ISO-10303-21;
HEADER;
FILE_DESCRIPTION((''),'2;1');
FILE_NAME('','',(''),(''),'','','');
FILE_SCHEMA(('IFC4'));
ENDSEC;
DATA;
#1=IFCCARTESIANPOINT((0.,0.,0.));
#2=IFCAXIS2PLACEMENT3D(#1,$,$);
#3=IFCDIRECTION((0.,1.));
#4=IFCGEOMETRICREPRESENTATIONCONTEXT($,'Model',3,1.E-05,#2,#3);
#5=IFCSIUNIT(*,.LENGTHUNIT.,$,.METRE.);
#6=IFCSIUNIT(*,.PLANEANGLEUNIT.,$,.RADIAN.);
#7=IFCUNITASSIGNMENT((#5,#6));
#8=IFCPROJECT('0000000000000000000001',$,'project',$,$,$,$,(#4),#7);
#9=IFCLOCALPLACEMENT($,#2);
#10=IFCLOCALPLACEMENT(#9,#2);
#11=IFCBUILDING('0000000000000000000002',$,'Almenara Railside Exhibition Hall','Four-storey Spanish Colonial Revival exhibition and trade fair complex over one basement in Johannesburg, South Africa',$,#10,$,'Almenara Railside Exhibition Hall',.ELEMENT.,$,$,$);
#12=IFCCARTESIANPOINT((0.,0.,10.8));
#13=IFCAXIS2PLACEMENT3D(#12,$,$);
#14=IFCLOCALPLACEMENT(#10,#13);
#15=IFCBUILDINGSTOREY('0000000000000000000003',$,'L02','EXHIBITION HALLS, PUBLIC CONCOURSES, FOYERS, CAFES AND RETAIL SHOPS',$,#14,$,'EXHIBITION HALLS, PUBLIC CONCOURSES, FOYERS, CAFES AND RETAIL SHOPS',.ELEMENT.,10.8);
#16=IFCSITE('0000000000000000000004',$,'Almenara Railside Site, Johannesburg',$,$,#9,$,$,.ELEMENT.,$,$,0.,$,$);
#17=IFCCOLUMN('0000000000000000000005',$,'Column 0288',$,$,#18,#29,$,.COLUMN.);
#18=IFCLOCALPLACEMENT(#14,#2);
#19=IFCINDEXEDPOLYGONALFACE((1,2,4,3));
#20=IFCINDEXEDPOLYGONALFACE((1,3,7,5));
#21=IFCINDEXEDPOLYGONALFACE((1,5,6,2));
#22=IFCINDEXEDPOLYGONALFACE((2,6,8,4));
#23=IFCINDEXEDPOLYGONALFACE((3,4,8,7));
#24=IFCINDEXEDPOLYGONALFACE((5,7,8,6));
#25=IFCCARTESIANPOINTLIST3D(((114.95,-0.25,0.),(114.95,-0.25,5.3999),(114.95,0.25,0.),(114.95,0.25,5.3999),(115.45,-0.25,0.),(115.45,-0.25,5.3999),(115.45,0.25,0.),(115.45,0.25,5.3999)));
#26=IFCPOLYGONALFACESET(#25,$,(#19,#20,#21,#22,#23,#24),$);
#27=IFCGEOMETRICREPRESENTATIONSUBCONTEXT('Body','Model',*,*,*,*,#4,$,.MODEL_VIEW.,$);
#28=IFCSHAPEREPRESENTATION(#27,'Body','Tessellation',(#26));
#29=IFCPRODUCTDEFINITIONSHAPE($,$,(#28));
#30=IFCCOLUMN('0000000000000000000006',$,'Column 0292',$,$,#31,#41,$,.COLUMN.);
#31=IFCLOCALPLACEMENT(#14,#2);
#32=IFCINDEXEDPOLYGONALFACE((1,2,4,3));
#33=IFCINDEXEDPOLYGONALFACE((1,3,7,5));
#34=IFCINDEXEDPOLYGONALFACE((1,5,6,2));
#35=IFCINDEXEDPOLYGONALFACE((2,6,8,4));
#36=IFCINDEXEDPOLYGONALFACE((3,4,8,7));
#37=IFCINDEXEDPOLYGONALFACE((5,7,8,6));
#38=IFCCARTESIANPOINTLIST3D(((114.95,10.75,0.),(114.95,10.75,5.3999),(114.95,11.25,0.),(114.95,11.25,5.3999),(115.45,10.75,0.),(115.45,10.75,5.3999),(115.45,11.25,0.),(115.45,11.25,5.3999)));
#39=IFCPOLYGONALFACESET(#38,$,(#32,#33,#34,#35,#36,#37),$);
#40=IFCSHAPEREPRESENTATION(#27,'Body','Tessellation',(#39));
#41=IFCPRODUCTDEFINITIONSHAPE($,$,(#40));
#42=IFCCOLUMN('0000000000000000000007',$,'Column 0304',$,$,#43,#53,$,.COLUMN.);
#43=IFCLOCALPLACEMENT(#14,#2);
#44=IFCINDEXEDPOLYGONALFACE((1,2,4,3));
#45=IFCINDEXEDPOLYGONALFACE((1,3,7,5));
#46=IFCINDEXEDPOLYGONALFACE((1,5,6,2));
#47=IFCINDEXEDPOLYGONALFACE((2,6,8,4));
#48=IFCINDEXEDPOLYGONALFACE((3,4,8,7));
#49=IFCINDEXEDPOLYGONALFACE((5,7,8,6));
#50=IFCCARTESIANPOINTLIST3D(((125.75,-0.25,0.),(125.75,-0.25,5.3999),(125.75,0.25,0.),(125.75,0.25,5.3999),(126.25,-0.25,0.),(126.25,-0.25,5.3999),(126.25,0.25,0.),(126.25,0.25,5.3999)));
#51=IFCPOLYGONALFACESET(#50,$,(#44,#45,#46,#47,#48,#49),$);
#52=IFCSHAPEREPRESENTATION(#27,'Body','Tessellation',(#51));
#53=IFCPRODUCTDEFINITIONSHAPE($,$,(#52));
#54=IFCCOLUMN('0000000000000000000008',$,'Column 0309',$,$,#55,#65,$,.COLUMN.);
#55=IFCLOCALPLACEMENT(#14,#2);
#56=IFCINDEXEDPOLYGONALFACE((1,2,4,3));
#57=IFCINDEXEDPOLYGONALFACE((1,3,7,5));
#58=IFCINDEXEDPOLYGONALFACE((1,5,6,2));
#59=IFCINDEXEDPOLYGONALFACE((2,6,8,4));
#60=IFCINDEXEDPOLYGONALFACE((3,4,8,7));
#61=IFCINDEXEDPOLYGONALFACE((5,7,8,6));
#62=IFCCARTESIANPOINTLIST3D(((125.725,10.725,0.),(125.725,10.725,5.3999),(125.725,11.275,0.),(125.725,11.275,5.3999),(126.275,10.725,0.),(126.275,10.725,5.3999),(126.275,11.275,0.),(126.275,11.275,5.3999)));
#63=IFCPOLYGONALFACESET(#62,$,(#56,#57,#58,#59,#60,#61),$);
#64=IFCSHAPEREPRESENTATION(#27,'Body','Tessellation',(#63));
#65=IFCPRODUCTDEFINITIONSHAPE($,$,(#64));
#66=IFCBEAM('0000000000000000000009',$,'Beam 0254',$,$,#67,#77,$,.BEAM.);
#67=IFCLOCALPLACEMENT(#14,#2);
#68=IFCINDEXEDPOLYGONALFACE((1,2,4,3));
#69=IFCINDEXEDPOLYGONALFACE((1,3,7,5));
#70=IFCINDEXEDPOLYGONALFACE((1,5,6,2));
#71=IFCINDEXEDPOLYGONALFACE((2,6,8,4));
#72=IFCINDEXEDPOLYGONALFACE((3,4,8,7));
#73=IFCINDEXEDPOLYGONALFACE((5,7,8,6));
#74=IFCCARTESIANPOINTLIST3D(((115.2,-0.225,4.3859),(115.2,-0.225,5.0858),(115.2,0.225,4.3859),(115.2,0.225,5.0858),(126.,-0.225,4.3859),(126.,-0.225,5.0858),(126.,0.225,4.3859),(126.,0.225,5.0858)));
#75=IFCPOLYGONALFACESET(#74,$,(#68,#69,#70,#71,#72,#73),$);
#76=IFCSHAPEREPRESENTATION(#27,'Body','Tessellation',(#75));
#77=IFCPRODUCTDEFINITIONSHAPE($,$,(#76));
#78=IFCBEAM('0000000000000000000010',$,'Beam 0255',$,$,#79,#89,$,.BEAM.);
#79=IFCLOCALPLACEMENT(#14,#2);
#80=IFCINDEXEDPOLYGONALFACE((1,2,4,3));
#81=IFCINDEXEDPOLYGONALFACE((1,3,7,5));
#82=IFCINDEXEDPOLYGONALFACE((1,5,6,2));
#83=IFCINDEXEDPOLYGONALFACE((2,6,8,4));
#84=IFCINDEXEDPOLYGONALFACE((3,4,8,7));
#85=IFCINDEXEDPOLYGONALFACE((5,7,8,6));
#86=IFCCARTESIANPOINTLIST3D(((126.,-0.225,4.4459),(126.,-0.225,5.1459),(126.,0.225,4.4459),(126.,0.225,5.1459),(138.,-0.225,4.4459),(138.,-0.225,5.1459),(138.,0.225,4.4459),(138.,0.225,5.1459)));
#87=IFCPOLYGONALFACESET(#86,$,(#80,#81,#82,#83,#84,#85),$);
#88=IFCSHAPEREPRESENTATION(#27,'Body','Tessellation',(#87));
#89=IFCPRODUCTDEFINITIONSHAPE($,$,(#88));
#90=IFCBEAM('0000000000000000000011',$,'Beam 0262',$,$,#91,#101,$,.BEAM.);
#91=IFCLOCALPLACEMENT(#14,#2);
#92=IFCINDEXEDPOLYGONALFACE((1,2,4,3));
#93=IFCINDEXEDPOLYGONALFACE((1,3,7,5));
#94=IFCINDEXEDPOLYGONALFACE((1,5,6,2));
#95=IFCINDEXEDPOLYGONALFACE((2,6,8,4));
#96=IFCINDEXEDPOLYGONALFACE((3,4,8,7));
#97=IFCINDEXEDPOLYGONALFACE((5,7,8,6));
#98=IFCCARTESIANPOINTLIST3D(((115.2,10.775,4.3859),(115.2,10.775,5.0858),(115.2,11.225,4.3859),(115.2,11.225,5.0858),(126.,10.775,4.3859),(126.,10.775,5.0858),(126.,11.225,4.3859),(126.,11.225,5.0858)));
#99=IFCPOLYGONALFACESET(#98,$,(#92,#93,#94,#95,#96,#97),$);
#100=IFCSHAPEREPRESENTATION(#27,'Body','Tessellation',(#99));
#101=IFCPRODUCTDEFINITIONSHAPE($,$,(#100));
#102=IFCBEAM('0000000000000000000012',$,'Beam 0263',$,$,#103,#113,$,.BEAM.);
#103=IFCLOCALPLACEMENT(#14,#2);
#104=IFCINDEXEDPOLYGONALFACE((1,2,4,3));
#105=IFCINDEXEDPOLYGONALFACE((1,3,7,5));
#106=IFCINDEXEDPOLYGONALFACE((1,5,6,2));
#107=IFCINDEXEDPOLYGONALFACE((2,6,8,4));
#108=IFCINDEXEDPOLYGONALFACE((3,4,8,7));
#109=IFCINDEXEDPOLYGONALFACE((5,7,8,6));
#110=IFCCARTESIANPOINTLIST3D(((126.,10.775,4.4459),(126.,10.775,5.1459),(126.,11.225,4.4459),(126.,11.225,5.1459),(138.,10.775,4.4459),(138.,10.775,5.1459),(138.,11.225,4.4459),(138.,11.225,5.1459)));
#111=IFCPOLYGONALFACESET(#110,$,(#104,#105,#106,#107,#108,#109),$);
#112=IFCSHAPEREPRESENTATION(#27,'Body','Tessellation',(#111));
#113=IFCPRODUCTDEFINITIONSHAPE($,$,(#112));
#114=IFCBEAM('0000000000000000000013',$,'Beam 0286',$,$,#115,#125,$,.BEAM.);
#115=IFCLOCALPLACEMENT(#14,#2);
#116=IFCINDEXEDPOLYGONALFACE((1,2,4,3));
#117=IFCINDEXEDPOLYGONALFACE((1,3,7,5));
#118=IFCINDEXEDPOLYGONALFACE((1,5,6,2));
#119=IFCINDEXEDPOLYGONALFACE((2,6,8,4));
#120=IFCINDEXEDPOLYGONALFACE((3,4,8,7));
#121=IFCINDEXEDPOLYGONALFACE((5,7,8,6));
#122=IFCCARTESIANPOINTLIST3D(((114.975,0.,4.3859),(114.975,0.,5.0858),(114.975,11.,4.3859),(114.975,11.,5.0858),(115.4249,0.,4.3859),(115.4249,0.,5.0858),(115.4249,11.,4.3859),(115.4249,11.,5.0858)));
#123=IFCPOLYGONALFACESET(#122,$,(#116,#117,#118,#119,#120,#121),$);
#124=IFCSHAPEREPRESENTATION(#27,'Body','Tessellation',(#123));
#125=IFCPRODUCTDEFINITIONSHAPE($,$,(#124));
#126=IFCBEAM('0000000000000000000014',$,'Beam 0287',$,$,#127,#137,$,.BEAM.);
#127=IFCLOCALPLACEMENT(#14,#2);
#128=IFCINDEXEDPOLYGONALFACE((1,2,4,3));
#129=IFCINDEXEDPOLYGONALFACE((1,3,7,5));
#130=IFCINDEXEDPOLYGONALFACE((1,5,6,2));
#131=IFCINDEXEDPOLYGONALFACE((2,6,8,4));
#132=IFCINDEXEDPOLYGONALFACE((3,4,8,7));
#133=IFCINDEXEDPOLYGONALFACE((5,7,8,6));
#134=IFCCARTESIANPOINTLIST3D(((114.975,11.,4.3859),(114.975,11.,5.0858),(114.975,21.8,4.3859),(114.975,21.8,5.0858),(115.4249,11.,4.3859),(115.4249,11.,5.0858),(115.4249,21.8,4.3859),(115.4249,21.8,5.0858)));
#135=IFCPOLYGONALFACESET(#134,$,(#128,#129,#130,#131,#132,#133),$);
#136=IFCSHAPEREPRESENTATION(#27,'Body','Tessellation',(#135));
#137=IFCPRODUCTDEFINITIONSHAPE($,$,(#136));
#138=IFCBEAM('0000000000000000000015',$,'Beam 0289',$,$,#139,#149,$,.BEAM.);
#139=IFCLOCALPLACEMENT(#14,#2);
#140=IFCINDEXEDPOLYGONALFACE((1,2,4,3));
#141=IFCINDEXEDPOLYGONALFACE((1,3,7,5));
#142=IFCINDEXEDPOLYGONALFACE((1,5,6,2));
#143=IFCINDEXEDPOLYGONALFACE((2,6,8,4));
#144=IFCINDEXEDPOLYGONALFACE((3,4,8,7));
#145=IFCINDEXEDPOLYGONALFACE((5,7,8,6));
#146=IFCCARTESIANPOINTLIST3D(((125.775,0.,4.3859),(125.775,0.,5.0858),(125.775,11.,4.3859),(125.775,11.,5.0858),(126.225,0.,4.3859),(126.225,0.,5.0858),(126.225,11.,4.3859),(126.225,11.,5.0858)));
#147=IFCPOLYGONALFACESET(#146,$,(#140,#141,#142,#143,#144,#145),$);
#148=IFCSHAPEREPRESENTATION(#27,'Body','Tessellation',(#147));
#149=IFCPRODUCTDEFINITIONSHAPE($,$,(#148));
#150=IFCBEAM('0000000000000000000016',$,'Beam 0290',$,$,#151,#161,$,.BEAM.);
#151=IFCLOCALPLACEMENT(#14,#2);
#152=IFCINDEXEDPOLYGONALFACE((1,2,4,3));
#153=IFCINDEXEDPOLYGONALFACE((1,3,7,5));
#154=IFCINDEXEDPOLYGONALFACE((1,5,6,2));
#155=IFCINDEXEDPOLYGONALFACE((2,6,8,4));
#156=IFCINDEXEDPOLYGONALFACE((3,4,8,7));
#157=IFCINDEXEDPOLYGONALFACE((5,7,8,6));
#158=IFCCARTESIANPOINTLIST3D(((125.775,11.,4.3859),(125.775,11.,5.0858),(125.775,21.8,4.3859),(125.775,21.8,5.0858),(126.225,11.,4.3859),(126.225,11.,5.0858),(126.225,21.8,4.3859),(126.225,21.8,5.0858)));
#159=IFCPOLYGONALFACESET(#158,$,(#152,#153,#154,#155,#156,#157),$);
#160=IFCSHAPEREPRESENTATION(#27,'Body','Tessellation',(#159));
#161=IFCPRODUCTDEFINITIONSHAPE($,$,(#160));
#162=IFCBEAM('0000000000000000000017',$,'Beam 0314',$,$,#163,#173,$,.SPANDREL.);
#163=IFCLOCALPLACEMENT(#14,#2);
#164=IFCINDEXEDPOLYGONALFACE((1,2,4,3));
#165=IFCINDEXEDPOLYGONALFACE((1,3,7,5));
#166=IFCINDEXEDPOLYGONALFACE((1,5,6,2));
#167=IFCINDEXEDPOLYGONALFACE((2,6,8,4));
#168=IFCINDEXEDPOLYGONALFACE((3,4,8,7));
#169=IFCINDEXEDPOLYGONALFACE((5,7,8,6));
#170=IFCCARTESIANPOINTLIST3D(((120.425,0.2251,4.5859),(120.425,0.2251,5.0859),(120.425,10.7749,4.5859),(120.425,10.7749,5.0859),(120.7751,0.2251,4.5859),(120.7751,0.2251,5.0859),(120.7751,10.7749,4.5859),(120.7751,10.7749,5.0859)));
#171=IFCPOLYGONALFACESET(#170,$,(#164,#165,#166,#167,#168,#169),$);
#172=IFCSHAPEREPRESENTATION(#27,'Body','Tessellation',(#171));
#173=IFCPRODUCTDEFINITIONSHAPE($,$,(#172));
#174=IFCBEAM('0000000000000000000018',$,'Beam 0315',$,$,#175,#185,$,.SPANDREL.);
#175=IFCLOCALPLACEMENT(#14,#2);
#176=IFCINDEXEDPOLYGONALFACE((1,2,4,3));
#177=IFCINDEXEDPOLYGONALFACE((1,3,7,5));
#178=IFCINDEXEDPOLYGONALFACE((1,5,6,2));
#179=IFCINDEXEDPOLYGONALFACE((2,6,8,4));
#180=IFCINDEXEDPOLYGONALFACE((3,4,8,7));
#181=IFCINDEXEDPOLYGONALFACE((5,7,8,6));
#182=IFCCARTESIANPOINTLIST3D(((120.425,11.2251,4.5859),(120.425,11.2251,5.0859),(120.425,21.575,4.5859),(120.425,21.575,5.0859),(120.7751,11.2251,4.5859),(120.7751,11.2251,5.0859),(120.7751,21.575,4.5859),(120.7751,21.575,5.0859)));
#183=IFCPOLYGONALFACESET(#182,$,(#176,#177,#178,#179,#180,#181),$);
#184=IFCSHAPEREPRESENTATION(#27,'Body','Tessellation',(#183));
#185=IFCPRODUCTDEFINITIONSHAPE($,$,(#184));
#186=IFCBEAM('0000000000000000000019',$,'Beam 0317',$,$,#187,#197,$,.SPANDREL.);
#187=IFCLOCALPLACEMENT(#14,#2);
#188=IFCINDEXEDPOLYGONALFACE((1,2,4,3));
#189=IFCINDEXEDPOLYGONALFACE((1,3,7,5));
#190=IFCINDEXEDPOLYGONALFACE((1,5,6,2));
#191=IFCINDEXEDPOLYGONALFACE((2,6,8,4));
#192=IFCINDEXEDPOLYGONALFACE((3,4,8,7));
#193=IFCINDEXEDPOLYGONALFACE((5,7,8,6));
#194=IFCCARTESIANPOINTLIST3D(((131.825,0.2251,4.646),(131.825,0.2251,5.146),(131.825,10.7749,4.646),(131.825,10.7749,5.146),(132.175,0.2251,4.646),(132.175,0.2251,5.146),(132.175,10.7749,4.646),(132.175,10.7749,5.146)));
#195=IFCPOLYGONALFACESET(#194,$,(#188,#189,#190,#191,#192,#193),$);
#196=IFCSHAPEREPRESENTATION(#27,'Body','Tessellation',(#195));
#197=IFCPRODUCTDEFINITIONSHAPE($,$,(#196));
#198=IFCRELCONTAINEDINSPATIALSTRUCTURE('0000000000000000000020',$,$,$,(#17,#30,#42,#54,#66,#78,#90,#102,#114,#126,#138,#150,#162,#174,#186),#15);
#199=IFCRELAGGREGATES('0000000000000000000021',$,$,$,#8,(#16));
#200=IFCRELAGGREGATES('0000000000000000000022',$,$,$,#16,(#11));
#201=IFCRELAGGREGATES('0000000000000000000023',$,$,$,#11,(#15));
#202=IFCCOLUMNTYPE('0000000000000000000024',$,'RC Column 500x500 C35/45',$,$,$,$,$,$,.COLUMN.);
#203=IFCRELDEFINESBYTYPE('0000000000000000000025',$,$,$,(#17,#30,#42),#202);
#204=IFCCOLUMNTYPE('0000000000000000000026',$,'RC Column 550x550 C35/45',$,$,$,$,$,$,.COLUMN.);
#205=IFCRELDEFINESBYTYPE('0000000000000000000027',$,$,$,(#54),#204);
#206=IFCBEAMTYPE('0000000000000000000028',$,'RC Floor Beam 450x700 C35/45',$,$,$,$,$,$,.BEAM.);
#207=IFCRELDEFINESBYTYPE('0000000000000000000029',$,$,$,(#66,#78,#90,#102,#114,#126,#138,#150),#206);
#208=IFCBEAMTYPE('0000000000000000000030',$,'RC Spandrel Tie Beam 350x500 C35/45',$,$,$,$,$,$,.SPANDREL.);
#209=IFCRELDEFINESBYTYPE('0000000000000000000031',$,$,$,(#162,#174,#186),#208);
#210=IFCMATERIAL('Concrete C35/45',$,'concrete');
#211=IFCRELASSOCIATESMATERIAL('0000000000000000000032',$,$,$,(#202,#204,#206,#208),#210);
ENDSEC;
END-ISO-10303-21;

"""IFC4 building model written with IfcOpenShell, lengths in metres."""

from ifc_helpers import new_model, si_unit, direction, frame, origin, origin_2d, place, context, subcontext, project, spatial, rectangle, extrude, material, material_profile, profile_set, type_object, element, save


model = new_model("IFC4")

# Units and contexts
model_context = context("Model", 3, precision=1e-05, world=origin(), true_north=direction((0.0, 1.0)))
body_context = subcontext(model_context, "Body", "Model", "MODEL_VIEW")
ifc_project = project(units=[si_unit("LENGTHUNIT", "METRE"), si_unit("PLANEANGLEUNIT", "RADIAN")], contexts=[model_context])

# Site, building, storey
site_placement = place(None, origin())
site = spatial("IfcSite", under=ifc_project, at=site_placement, Name="Almenara Railside Site, Johannesburg", CompositionType="ELEMENT", RefElevation=0.0)
building_placement = place(site_placement, origin())
building = spatial("IfcBuilding", under=site, at=building_placement, Name="Almenara Railside Exhibition Hall", Description="Four-storey Spanish Colonial Revival exhibition and trade fair complex over one basement in Johannesburg, South Africa", LongName="Almenara Railside Exhibition Hall", CompositionType="ELEMENT")
storey_placement = place(building_placement, frame((0.0, 0.0, 10.8)))
storey = spatial("IfcBuildingStorey", under=building, at=storey_placement, Name="L02", Description="EXHIBITION HALLS, PUBLIC CONCOURSES, FOYERS, CAFES AND RETAIL SHOPS", LongName="EXHIBITION HALLS, PUBLIC CONCOURSES, FOYERS, CAFES AND RETAIL SHOPS", CompositionType="ELEMENT", Elevation=10.8)

# Columns
ifc_material_1 = material(Name="Concrete C35/45", Category="concrete")
ifc_material_profile_1 = material_profile(ifc_material_1, rectangle(XDim=0.5, YDim=0.5, at=origin_2d()), Name="RC 500x500")
ifc_profile_set_1 = profile_set([ifc_material_profile_1], Name="Concrete C35/45")
column_type_1 = type_object("IfcColumnType", Name="RC Column 500x500 C35/45", PredefinedType="COLUMN", material=ifc_profile_set_1)
for number, where, z_axis, x_axis, name in (
    (1, (115.2, 0.0, 0.0), (0.0, 0.0, 1.0), (1.0, 0.0, 0.0), "Column 0288"),
    (2, (115.2, 11.0, 0.0), (0.0, 0.0, 1.0), (1.0, 0.0, 0.0), "Column 0292"),
    (3, (126.0, 0.0, 0.0), (0.0, 0.0, 1.0), (1.0, 0.0, 0.0), "Column 0304"),
):
    element("IfcColumn", number, at=place(storey_placement, frame(where, z_axis=z_axis, x_axis=x_axis)), inside=storey, type_object=column_type_1, Name=name, PredefinedType="COLUMN", context=body_context, shape_type="SweptSolid", body=[
        extrude(rectangle(XDim=0.5, YDim=0.5, at=origin_2d()), origin(), (0.0, 0.0, 1.0), 5.3999),
    ])
ifc_material_profile_2 = material_profile(ifc_material_1, rectangle(XDim=0.55, YDim=0.55, at=origin_2d()), Name="RC 550x550")
ifc_profile_set_2 = profile_set([ifc_material_profile_2], Name="Concrete C35/45")
column_type_2 = type_object("IfcColumnType", Name="RC Column 550x550 C35/45", PredefinedType="COLUMN", material=ifc_profile_set_2)
column_placement = place(storey_placement, frame((126.0, 11.0, 0.0), z_axis=(0.0, 0.0, 1.0), x_axis=(1.0, 0.0, 0.0)))
element("IfcColumn", 4, at=column_placement, inside=storey, type_object=column_type_2, Name="Column 0309", PredefinedType="COLUMN", context=body_context, shape_type="SweptSolid", body=[
    extrude(rectangle(XDim=0.55, YDim=0.55, at=origin_2d()), origin(), (0.0, 0.0, 1.0), 5.3999),
])

# Beams
ifc_material_profile_3 = material_profile(ifc_material_1, rectangle(XDim=0.45, YDim=0.7, at=origin_2d()), Name="RC 450x700")
ifc_profile_set_3 = profile_set([ifc_material_profile_3], Name="Concrete C35/45")
beam_type_1 = type_object("IfcBeamType", Name="RC Floor Beam 450x700 C35/45", PredefinedType="BEAM", material=ifc_profile_set_3)
beam_1_placement = place(storey_placement, frame((115.2, 0.0, 4.7358), z_axis=(1.0, 0.0, 0.0), x_axis=(0.0, 1.0, 0.0)))
element("IfcBeam", 5, at=beam_1_placement, inside=storey, type_object=beam_type_1, Name="Beam 0254", PredefinedType="BEAM", context=body_context, shape_type="SweptSolid", body=[
    extrude(rectangle(XDim=0.45, YDim=0.7, at=origin_2d()), origin(), (0.0, 0.0, 1.0), 10.8),
])
beam_2_placement = place(storey_placement, frame((126.0, 0.0, 4.7959), z_axis=(1.0, 0.0, 0.0), x_axis=(0.0, 1.0, 0.0)))
element("IfcBeam", 6, at=beam_2_placement, inside=storey, type_object=beam_type_1, Name="Beam 0255", PredefinedType="BEAM", context=body_context, shape_type="SweptSolid", body=[
    extrude(rectangle(XDim=0.45, YDim=0.7, at=origin_2d()), origin(), (0.0, 0.0, 1.0), 12.0),
])
beam_3_placement = place(storey_placement, frame((115.2, 11.0, 4.7358), z_axis=(1.0, 0.0, 0.0), x_axis=(0.0, 1.0, 0.0)))
element("IfcBeam", 7, at=beam_3_placement, inside=storey, type_object=beam_type_1, Name="Beam 0262", PredefinedType="BEAM", context=body_context, shape_type="SweptSolid", body=[
    extrude(rectangle(XDim=0.45, YDim=0.7, at=origin_2d()), origin(), (0.0, 0.0, 1.0), 10.8),
])
beam_4_placement = place(storey_placement, frame((126.0, 11.0, 4.7959), z_axis=(1.0, 0.0, 0.0), x_axis=(0.0, 1.0, 0.0)))
element("IfcBeam", 8, at=beam_4_placement, inside=storey, type_object=beam_type_1, Name="Beam 0263", PredefinedType="BEAM", context=body_context, shape_type="SweptSolid", body=[
    extrude(rectangle(XDim=0.45, YDim=0.7, at=origin_2d()), origin(), (0.0, 0.0, 1.0), 12.0),
])
beam_5_placement = place(storey_placement, frame((115.2, 0.0, 4.7358), z_axis=(0.0, 1.0, 0.0), x_axis=(-1.0, 0.0, 0.0)))
element("IfcBeam", 9, at=beam_5_placement, inside=storey, type_object=beam_type_1, Name="Beam 0286", PredefinedType="BEAM", context=body_context, shape_type="SweptSolid", body=[
    extrude(rectangle(XDim=0.45, YDim=0.7, at=origin_2d()), origin(), (0.0, 0.0, 1.0), 11.0),
])
beam_6_placement = place(storey_placement, frame((115.2, 11.0, 4.7358), z_axis=(0.0, 1.0, 0.0), x_axis=(-1.0, 0.0, 0.0)))
element("IfcBeam", 10, at=beam_6_placement, inside=storey, type_object=beam_type_1, Name="Beam 0287", PredefinedType="BEAM", context=body_context, shape_type="SweptSolid", body=[
    extrude(rectangle(XDim=0.45, YDim=0.7, at=origin_2d()), origin(), (0.0, 0.0, 1.0), 10.8),
])
beam_7_placement = place(storey_placement, frame((126.0, 0.0, 4.7358), z_axis=(0.0, 1.0, 0.0), x_axis=(-1.0, 0.0, 0.0)))
element("IfcBeam", 11, at=beam_7_placement, inside=storey, type_object=beam_type_1, Name="Beam 0289", PredefinedType="BEAM", context=body_context, shape_type="SweptSolid", body=[
    extrude(rectangle(XDim=0.45, YDim=0.7, at=origin_2d()), origin(), (0.0, 0.0, 1.0), 11.0),
])
beam_8_placement = place(storey_placement, frame((126.0, 11.0, 4.7358), z_axis=(0.0, 1.0, 0.0), x_axis=(-1.0, 0.0, 0.0)))
element("IfcBeam", 12, at=beam_8_placement, inside=storey, type_object=beam_type_1, Name="Beam 0290", PredefinedType="BEAM", context=body_context, shape_type="SweptSolid", body=[
    extrude(rectangle(XDim=0.45, YDim=0.7, at=origin_2d()), origin(), (0.0, 0.0, 1.0), 10.8),
])
ifc_material_profile_4 = material_profile(ifc_material_1, rectangle(XDim=0.3501, YDim=0.5, at=origin_2d()), Name="RC 350x500")
ifc_profile_set_4 = profile_set([ifc_material_profile_4], Name="Concrete C35/45")
beam_type_2 = type_object("IfcBeamType", Name="RC Spandrel Tie Beam 350x500 C35/45", PredefinedType="SPANDREL", material=ifc_profile_set_4)
beam_9_placement = place(storey_placement, frame((120.6001, 0.2251, 4.8359), z_axis=(0.0, 1.0, 0.0), x_axis=(-1.0, 0.0, 0.0)))
element("IfcBeam", 13, at=beam_9_placement, inside=storey, type_object=beam_type_2, Name="Beam 0314", PredefinedType="SPANDREL", context=body_context, shape_type="SweptSolid", body=[
    extrude(rectangle(XDim=0.3501, YDim=0.5, at=origin_2d()), origin(), (0.0, 0.0, 1.0), 10.5498),
])
beam_10_placement = place(storey_placement, frame((120.6001, 11.2251, 4.8359), z_axis=(0.0, 1.0, 0.0), x_axis=(-1.0, 0.0, 0.0)))
element("IfcBeam", 14, at=beam_10_placement, inside=storey, type_object=beam_type_2, Name="Beam 0315", PredefinedType="SPANDREL", context=body_context, shape_type="SweptSolid", body=[
    extrude(rectangle(XDim=0.3501, YDim=0.5, at=origin_2d()), origin(), (0.0, 0.0, 1.0), 10.3499),
])
beam_11_placement = place(storey_placement, frame((132.0, 0.2251, 4.896), z_axis=(0.0, 1.0, 0.0), x_axis=(-1.0, 0.0, 0.0)))
element("IfcBeam", 15, at=beam_11_placement, inside=storey, type_object=beam_type_2, Name="Beam 0317", PredefinedType="SPANDREL", context=body_context, shape_type="SweptSolid", body=[
    extrude(rectangle(XDim=0.3501, YDim=0.5, at=origin_2d()), origin(), (0.0, 0.0, 1.0), 10.5498),
])

save(model, "model.ifc")
